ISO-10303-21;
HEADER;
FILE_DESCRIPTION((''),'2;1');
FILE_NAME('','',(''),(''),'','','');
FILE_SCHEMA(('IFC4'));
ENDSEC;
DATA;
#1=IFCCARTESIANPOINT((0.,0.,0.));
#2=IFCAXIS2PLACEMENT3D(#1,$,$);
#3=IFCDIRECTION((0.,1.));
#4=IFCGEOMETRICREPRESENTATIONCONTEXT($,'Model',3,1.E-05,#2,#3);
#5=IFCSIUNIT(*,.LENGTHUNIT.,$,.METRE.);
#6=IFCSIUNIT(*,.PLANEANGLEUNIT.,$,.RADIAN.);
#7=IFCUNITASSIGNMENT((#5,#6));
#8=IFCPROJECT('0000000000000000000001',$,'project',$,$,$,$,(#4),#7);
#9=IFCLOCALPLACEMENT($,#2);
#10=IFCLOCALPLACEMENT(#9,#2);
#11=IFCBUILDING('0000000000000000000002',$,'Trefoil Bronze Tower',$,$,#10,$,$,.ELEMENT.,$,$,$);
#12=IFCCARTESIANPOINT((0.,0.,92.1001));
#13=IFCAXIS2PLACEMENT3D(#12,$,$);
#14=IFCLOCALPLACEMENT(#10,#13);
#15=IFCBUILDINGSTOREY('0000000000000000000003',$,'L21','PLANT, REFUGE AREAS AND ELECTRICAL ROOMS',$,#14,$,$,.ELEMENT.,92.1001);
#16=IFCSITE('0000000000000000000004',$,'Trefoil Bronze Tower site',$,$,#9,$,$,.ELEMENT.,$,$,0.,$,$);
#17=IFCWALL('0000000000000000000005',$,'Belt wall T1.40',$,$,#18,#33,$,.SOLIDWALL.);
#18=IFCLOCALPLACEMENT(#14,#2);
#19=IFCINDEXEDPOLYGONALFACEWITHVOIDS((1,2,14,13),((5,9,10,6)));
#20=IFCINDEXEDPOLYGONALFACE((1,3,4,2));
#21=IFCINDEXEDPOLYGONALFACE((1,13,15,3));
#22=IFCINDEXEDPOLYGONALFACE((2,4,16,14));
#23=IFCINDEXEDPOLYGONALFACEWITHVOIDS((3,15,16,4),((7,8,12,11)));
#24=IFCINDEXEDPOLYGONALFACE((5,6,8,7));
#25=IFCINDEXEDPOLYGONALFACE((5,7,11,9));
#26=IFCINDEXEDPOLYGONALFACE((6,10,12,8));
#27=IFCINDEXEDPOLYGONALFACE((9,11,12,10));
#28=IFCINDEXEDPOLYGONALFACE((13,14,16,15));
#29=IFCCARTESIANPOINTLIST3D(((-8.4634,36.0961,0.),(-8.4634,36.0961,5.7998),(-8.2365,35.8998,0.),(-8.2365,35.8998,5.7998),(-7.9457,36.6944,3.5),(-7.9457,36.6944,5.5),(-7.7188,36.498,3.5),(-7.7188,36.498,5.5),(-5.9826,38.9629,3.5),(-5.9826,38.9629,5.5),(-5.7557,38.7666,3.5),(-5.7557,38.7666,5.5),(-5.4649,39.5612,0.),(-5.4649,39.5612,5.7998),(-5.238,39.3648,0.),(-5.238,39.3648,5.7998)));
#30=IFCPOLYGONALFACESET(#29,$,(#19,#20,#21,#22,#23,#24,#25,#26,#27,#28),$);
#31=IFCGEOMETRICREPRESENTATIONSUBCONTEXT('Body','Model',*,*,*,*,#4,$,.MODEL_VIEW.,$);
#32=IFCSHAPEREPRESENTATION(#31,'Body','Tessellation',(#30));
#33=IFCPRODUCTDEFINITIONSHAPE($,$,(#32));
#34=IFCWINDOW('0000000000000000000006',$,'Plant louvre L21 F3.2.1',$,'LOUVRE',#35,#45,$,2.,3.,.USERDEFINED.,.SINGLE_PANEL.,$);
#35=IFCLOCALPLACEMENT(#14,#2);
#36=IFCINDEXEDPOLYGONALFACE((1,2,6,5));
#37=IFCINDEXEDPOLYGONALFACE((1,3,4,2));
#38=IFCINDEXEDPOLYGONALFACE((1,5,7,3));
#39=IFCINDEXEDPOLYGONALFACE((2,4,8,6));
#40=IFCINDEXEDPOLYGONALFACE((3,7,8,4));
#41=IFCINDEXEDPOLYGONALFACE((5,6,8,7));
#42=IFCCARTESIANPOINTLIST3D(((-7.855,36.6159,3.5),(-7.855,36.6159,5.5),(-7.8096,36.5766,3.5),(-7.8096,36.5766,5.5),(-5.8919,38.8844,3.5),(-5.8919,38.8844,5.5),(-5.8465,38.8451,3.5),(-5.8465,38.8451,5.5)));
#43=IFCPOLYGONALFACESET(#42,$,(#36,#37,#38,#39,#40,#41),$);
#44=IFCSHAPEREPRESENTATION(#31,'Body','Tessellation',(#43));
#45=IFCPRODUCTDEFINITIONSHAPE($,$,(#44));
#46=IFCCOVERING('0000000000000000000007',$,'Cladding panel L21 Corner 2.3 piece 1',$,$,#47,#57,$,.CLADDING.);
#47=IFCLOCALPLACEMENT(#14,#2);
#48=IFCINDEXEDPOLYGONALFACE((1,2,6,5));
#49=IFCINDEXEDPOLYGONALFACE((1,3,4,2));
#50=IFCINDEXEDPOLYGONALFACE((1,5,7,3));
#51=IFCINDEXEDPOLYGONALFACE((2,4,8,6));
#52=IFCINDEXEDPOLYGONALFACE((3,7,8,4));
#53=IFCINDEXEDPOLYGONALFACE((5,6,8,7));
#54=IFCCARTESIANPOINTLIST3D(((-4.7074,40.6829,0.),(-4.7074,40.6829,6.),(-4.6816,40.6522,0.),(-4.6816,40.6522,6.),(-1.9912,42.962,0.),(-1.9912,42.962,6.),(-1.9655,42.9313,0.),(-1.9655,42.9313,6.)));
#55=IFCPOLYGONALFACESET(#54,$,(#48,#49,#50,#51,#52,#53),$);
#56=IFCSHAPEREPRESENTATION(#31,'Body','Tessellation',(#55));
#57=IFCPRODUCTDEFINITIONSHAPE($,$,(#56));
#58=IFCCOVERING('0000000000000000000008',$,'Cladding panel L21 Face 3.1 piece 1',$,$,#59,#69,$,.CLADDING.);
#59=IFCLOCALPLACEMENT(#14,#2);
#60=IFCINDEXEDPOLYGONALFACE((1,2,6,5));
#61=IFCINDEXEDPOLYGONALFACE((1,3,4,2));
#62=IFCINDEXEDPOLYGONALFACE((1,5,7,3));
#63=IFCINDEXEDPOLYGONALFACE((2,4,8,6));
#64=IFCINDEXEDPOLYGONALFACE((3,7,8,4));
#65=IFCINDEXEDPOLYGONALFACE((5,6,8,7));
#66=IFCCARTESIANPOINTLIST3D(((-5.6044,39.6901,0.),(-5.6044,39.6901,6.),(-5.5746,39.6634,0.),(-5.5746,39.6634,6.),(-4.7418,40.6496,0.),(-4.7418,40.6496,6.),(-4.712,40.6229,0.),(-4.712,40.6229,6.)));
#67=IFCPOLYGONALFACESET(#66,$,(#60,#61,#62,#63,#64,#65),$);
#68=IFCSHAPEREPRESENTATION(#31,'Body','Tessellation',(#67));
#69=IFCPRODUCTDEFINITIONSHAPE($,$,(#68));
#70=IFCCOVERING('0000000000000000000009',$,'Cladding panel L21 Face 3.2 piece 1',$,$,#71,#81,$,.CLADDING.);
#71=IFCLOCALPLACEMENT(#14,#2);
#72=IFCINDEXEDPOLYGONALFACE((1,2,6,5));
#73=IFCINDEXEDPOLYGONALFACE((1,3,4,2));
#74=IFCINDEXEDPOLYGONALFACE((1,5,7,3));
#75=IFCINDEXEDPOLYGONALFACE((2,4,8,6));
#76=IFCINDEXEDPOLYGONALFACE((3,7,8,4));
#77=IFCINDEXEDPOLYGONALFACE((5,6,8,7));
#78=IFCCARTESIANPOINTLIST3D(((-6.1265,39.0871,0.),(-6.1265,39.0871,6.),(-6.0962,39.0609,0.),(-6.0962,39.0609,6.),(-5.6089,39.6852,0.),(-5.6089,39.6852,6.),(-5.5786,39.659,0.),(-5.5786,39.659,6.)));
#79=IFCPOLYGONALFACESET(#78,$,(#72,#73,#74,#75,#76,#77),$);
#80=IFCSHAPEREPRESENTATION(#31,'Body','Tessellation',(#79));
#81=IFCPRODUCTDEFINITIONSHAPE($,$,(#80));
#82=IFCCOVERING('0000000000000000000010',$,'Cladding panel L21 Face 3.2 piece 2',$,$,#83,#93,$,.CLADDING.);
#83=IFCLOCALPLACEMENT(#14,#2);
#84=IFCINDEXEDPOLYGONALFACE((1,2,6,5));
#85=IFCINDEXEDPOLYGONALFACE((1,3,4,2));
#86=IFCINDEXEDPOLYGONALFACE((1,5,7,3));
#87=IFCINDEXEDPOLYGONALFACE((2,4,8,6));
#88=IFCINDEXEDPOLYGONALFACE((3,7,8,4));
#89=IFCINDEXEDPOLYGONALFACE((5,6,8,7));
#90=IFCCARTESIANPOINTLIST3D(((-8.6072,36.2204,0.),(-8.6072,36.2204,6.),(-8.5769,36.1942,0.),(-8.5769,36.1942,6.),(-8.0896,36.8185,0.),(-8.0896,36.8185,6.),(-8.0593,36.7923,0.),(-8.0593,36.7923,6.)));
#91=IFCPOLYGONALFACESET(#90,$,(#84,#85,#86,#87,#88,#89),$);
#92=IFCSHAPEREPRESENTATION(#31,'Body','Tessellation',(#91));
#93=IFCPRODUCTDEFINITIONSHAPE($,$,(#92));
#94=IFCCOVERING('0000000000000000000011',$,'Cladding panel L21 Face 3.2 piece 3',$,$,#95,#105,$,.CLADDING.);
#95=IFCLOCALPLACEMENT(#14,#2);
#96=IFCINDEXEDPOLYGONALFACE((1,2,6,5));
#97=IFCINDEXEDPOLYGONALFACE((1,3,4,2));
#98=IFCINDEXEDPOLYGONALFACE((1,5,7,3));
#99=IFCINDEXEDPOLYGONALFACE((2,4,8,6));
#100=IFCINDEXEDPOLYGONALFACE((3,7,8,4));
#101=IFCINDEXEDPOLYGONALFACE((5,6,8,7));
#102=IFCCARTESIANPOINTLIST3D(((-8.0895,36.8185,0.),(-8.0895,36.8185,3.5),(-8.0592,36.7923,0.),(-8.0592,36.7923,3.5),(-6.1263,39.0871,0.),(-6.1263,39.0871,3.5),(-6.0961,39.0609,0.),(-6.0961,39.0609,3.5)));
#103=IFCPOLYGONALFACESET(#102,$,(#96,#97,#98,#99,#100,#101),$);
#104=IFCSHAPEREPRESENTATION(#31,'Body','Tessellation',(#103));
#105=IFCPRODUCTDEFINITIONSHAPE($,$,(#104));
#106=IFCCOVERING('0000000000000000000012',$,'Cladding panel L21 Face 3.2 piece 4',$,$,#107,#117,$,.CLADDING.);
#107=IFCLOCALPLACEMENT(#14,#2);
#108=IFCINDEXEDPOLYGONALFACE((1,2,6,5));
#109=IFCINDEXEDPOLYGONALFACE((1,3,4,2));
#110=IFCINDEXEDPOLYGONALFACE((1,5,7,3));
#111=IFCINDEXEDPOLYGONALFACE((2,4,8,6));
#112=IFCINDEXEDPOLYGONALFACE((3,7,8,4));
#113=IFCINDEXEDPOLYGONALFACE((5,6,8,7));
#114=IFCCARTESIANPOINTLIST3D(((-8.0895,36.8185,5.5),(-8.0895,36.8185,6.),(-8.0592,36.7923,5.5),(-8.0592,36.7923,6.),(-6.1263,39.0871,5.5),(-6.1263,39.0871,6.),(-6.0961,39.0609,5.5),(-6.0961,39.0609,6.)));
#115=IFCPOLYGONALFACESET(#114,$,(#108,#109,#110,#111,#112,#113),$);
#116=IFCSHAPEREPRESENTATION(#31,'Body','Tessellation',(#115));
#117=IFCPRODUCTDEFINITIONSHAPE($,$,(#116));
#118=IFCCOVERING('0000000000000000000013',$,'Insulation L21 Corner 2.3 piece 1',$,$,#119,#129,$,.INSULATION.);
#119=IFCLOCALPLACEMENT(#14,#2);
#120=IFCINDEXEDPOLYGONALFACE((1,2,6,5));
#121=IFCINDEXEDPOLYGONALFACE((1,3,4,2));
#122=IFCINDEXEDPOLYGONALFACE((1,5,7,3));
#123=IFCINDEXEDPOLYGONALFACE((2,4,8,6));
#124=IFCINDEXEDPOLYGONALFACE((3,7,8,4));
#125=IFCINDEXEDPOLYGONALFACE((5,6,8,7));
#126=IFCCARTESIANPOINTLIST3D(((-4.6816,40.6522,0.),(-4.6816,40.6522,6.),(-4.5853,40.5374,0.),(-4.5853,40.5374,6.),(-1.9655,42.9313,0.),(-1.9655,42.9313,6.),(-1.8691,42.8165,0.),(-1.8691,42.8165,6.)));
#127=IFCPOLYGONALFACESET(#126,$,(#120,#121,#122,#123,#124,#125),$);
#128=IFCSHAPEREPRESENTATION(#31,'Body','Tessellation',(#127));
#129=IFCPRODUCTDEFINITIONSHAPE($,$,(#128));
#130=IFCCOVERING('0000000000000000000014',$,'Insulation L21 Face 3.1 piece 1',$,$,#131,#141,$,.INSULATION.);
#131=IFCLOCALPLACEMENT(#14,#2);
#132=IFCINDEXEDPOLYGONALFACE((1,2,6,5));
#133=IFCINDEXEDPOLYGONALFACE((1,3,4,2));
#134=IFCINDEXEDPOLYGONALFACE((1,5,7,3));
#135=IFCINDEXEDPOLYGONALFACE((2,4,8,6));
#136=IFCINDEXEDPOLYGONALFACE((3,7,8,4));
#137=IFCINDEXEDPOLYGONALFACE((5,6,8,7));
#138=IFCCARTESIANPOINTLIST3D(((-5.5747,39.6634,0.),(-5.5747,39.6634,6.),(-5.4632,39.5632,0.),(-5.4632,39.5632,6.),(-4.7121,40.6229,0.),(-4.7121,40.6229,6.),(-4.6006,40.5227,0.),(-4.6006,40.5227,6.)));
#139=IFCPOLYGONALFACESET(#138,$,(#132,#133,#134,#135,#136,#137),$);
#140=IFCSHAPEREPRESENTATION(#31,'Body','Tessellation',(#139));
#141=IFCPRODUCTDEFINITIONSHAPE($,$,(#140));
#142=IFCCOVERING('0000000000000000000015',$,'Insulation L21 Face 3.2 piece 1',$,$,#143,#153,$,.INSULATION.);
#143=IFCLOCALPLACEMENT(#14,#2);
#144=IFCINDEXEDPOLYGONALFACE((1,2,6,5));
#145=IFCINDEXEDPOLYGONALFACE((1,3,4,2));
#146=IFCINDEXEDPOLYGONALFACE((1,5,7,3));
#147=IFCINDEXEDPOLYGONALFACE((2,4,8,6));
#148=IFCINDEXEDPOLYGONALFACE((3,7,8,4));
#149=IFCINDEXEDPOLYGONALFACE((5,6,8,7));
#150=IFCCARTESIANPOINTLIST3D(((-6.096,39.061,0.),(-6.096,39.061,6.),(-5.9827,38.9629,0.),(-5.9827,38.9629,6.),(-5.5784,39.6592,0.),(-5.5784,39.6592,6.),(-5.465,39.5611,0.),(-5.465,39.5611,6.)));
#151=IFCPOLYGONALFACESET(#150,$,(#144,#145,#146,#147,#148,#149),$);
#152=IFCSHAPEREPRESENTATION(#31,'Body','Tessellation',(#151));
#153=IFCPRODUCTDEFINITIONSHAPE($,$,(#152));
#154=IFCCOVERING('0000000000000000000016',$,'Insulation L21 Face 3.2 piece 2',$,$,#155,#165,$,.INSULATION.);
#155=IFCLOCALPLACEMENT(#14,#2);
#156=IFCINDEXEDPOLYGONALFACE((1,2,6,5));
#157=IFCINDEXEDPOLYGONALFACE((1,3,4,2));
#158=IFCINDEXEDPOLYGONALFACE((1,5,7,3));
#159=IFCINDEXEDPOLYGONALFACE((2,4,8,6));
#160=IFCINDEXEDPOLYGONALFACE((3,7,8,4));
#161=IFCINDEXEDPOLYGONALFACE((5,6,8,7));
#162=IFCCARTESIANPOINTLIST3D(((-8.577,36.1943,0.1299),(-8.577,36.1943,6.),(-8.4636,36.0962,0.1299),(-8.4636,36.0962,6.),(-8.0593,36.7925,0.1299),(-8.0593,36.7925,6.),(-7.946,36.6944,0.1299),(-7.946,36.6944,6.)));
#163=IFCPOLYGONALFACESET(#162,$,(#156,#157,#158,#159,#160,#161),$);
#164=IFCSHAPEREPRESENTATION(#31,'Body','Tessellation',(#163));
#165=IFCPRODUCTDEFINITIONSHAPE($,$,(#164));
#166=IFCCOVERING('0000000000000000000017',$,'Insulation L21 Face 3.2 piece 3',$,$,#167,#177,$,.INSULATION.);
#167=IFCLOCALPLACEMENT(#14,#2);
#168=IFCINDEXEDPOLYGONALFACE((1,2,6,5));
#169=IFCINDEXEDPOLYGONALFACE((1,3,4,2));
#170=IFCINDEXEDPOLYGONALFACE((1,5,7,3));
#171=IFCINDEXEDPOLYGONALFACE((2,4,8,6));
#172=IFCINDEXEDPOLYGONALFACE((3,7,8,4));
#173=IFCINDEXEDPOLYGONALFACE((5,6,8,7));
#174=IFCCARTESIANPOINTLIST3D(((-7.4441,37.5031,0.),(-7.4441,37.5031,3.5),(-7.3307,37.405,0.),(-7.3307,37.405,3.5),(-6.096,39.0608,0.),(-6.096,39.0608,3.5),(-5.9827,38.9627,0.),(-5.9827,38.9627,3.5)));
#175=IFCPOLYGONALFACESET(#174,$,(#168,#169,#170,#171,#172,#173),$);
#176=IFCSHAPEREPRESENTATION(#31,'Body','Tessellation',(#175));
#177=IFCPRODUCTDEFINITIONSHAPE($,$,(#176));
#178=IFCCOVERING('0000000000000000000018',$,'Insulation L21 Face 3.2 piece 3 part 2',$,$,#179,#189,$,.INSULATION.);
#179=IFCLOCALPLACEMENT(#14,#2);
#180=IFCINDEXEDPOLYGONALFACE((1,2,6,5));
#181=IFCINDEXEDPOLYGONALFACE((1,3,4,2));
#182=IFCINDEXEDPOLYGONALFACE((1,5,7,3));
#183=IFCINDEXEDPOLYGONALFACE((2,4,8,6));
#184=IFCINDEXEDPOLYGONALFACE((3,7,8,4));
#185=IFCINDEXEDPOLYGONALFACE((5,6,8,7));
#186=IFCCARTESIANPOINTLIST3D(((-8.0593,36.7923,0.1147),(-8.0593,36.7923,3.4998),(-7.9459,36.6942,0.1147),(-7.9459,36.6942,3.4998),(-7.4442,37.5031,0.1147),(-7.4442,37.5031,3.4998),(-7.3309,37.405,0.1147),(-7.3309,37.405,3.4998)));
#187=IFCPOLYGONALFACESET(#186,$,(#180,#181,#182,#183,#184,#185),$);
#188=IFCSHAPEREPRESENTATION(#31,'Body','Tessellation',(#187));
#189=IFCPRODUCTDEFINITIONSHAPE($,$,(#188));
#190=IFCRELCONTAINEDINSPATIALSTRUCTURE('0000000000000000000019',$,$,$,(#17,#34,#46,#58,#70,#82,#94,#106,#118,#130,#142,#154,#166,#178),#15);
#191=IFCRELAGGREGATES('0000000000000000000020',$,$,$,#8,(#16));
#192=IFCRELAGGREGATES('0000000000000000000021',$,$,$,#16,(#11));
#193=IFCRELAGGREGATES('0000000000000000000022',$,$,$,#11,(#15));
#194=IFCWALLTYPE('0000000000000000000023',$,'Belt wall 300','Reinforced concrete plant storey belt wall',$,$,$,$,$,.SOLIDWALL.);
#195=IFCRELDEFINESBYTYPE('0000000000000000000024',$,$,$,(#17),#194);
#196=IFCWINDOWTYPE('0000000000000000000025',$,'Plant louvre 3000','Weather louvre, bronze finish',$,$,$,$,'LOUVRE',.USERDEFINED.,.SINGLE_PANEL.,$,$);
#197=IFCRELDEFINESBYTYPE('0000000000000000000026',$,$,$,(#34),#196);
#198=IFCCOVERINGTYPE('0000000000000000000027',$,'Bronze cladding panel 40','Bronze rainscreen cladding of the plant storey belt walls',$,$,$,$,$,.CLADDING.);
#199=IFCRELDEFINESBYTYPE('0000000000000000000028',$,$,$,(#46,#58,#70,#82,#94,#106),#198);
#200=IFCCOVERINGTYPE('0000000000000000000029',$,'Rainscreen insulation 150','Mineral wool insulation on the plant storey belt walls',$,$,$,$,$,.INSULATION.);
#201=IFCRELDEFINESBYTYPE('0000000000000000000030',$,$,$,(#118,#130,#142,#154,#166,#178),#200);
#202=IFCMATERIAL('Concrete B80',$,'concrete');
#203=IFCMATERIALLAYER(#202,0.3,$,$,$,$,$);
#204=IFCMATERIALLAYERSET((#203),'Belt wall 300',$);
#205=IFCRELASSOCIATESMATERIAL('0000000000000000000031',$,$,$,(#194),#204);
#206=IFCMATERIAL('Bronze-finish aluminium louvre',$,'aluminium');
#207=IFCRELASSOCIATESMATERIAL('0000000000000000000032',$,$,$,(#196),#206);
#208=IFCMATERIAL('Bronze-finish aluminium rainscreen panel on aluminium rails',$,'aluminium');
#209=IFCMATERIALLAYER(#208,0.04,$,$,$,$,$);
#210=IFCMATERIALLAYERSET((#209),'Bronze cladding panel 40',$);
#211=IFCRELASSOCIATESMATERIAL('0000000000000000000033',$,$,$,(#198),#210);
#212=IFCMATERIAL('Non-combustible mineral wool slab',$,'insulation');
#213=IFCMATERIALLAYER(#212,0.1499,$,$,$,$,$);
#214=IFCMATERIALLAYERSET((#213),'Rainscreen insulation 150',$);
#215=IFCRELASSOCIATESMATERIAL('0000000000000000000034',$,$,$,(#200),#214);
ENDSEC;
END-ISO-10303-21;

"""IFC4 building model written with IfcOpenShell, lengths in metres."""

from ifc_helpers import new_model, si_unit, direction, frame, frame_2d, origin, origin_2d, place, context, subcontext, project, spatial, rectangle, extrude, material, layer, layer_set, type_object, element, fill, save


model = new_model("IFC4")

# Units and contexts
model_context = context("Model", 3, precision=1e-05, world=origin(), true_north=direction((0.0, 1.0)))
body_context = subcontext(model_context, "Body", "Model", "MODEL_VIEW")
ifc_project = project(units=[si_unit("LENGTHUNIT", "METRE"), si_unit("PLANEANGLEUNIT", "RADIAN")], contexts=[model_context])

# Site, building, storey
site_placement = place(None, origin())
site = spatial("IfcSite", under=ifc_project, at=site_placement, Name="Trefoil Bronze Tower site", CompositionType="ELEMENT", RefElevation=0.0)
building_placement = place(site_placement, origin())
building = spatial("IfcBuilding", under=site, at=building_placement, Name="Trefoil Bronze Tower", CompositionType="ELEMENT")
storey_placement = place(building_placement, frame((0.0, 0.0, 92.1001)))
storey = spatial("IfcBuildingStorey", under=building, at=storey_placement, Name="L21", Description="PLANT, REFUGE AREAS AND ELECTRICAL ROOMS", CompositionType="ELEMENT", Elevation=92.1001)

# Shared definitions
ifc_material_1 = material(Name="Concrete B80", Category="concrete")
ifc_layer_1 = layer(ifc_material_1, 0.3)
ifc_layer_set_1 = layer_set([ifc_layer_1], Name="Belt wall 300")
wall_type = type_object("IfcWallType", Name="Belt wall 300", Description="Reinforced concrete plant storey belt wall", PredefinedType="SOLIDWALL", material=ifc_layer_set_1)

# Wall, opening, window
wall_1_placement = place(storey_placement, frame((-5.3516, 39.4629, 0.0), z_axis=(0.0, 0.0, 1.0), x_axis=(-0.654364, -0.756179, 0.0)))
wall_1 = element("IfcWall", 1, at=wall_1_placement, inside=storey, type_object=wall_type, Name="Belt wall T1.40", PredefinedType="SOLIDWALL", context=body_context, shape_type="SweptSolid", body=[
    extrude(rectangle(XDim=4.5823, YDim=0.3, at=frame_2d((2.291, 0.0))), origin(), (0.0, 0.0, 1.0), 5.7998),
])
opening_placement = place(wall_1_placement, frame((0.791, 0.0, 3.5)))
opening = element("IfcOpeningElement", 2, at=opening_placement, cuts=wall_1, PredefinedType="OPENING", context=body_context, shape_type="SweptSolid", body=[
    extrude(rectangle(XDim=3.0, YDim=2.0, at=frame_2d((1.5, 1.0))), frame((0.0, 0.1599, 0.0), z_axis=(0.0, -1.0, 0.0), x_axis=(1.0, 0.0, 0.0)), (0.0, 0.0, 1.0), 0.3201),
])
ifc_material_2 = material(Name="Bronze-finish aluminium louvre", Category="aluminium")
window_type = type_object("IfcWindowType", Name="Plant louvre 3000", Description="Weather louvre, bronze finish", ElementType="LOUVRE", PartitioningType="SINGLE_PANEL", PredefinedType="USERDEFINED", material=ifc_material_2)
window_placement = place(opening_placement, origin())
window = element("IfcWindow", 3, at=window_placement, inside=storey, type_object=window_type, Name="Plant louvre L21 F3.2.1", ObjectType="LOUVRE", OverallHeight=2.0, OverallWidth=3.0, PartitioningType="SINGLE_PANEL", PredefinedType="USERDEFINED", context=body_context, shape_type="SweptSolid", body=[
    extrude(rectangle(XDim=3.0, YDim=2.0, at=frame_2d((1.5, 1.0))), frame((0.0, 0.03, 0.0), z_axis=(0.0, -1.0, 0.0), x_axis=(1.0, 0.0, 0.0)), (0.0, 0.0, 1.0), 0.0601),
])
fill(opening, window)

# Coverings
ifc_material_3 = material(Name="Bronze-finish aluminium rainscreen panel on aluminium rails", Category="aluminium")
ifc_layer_2 = layer(ifc_material_3, 0.04)
ifc_layer_set_2 = layer_set([ifc_layer_2], Name="Bronze cladding panel 40")
covering_type_1 = type_object("IfcCoveringType", Name="Bronze cladding panel 40", Description="Bronze rainscreen cladding of the plant storey belt walls", PredefinedType="CLADDING", material=ifc_layer_set_2)
covering_1_placement = place(storey_placement, frame((-3.3364, 41.8071, 0.0), z_axis=(0.0, 0.0, 1.0), x_axis=(-0.766044, -0.642788, 0.0)))
element("IfcCovering", 4, at=covering_1_placement, inside=storey, type_object=covering_type_1, Name="Cladding panel L21 Corner 2.3 piece 1", PredefinedType="CLADDING", context=body_context, shape_type="SweptSolid", body=[
    extrude(rectangle(XDim=3.5457, YDim=0.04, at=origin_2d()), origin(), (0.0, 0.0, 1.0), 6.0),
])
covering_2_placement = place(storey_placement, frame((-5.1582, 40.1565, 0.0), z_axis=(0.0, 0.0, 1.0), x_axis=(-0.668575, -0.743645, 0.0)))
element("IfcCovering", 5, at=covering_2_placement, inside=storey, type_object=covering_type_1, Name="Cladding panel L21 Face 3.1 piece 1", PredefinedType="CLADDING", context=body_context, shape_type="SweptSolid", body=[
    extrude(rectangle(XDim=1.2903, YDim=0.04, at=origin_2d()), origin(), (0.0, 0.0, 1.0), 6.0),
])
for number, where, z_axis, x_axis, name in (
    (6, (-5.8525, 39.373, 0.0), (0.0, 0.0, 1.0), (-0.654376, -0.756169, 0.0), "Cladding panel L21 Face 3.2 piece 1"),
    (7, (-8.3333, 36.5063, 0.0), (0.0, 0.0, 1.0), (-0.654376, -0.756169, 0.0), "Cladding panel L21 Face 3.2 piece 2"),
):
    element("IfcCovering", number, at=place(storey_placement, frame(where, z_axis=z_axis, x_axis=x_axis)), inside=storey, type_object=covering_type_1, Name=name, PredefinedType="CLADDING", context=body_context, shape_type="SweptSolid", body=[
        extrude(rectangle(XDim=0.791, YDim=0.04, at=origin_2d()), origin(), (0.0, 0.0, 1.0), 6.0),
    ])
covering_3_placement = place(storey_placement, frame((-7.0928, 37.9397, 0.0), z_axis=(0.0, 0.0, 1.0), x_axis=(-0.654376, -0.756169, 0.0)))
element("IfcCovering", 8, at=covering_3_placement, inside=storey, type_object=covering_type_1, Name="Cladding panel L21 Face 3.2 piece 3", PredefinedType="CLADDING", context=body_context, shape_type="SweptSolid", body=[
    extrude(rectangle(XDim=3.0, YDim=0.04, at=origin_2d()), origin(), (0.0, 0.0, 1.0), 3.5),
])
covering_4_placement = place(storey_placement, frame((-7.0928, 37.9397, 5.5), z_axis=(0.0, 0.0, 1.0), x_axis=(-0.654376, -0.756169, 0.0)))
element("IfcCovering", 9, at=covering_4_placement, inside=storey, type_object=covering_type_1, Name="Cladding panel L21 Face 3.2 piece 4", PredefinedType="CLADDING", context=body_context, shape_type="SweptSolid", body=[
    extrude(rectangle(XDim=3.0, YDim=0.04, at=origin_2d()), origin(), (0.0, 0.0, 1.0), 0.5),
])
ifc_material_4 = material(Name="Non-combustible mineral wool slab", Category="insulation")
ifc_layer_3 = layer(ifc_material_4, 0.1499)
ifc_layer_set_3 = layer_set([ifc_layer_3], Name="Rainscreen insulation 150")
covering_type_2 = type_object("IfcCoveringType", Name="Rainscreen insulation 150", Description="Mineral wool insulation on the plant storey belt walls", PredefinedType="INSULATION", material=ifc_layer_set_3)
covering_5_placement = place(storey_placement, frame((-3.2754, 41.7344, 0.0), z_axis=(0.0, 0.0, 1.0), x_axis=(-0.766044, -0.642788, 0.0)))
element("IfcCovering", 10, at=covering_5_placement, inside=storey, type_object=covering_type_2, Name="Insulation L21 Corner 2.3 piece 1", PredefinedType="INSULATION", context=body_context, shape_type="SweptSolid", body=[
    extrude(rectangle(XDim=3.5457, YDim=0.1499, at=origin_2d()), origin(), (0.0, 0.0, 1.0), 6.0),
])
covering_6_placement = place(storey_placement, frame((-5.0876, 40.093, 0.0), z_axis=(0.0, 0.0, 1.0), x_axis=(-0.668575, -0.743645, 0.0)))
element("IfcCovering", 11, at=covering_6_placement, inside=storey, type_object=covering_type_2, Name="Insulation L21 Face 3.1 piece 1", PredefinedType="INSULATION", context=body_context, shape_type="SweptSolid", body=[
    extrude(rectangle(XDim=1.2903, YDim=0.1499, at=origin_2d()), origin(), (0.0, 0.0, 1.0), 6.0),
])
covering_7_placement = place(storey_placement, frame((-5.7805, 39.311, 0.0), z_axis=(0.0, 0.0, 1.0), x_axis=(-0.654376, -0.756169, 0.0)))
element("IfcCovering", 12, at=covering_7_placement, inside=storey, type_object=covering_type_2, Name="Insulation L21 Face 3.2 piece 1", PredefinedType="INSULATION", context=body_context, shape_type="SweptSolid", body=[
    extrude(rectangle(XDim=0.791, YDim=0.1499, at=origin_2d()), origin(), (0.0, 0.0, 1.0), 6.0),
])
covering_8_placement = place(storey_placement, frame((-8.2615, 36.4443, 0.1299), z_axis=(0.0, 0.0, 1.0), x_axis=(-0.654376, -0.756169, 0.0)))
element("IfcCovering", 13, at=covering_8_placement, inside=storey, type_object=covering_type_2, Name="Insulation L21 Face 3.2 piece 2", PredefinedType="INSULATION", context=body_context, shape_type="SweptSolid", body=[
    extrude(rectangle(XDim=0.791, YDim=0.1499, at=origin_2d()), origin(), (0.0, 0.0, 1.0), 5.8701),
])
covering_9_placement = place(storey_placement, frame((-6.7134, 38.2329, 0.0), z_axis=(0.0, 0.0, 1.0), x_axis=(-0.654376, -0.756169, 0.0)))
element("IfcCovering", 14, at=covering_9_placement, inside=storey, type_object=covering_type_2, Name="Insulation L21 Face 3.2 piece 3", PredefinedType="INSULATION", context=body_context, shape_type="SweptSolid", body=[
    extrude(rectangle(XDim=2.0601, YDim=0.1499, at=origin_2d()), origin(), (0.0, 0.0, 1.0), 3.5),
])
covering_10_placement = place(storey_placement, frame((-7.6951, 37.0986, 0.1147), z_axis=(0.0, 0.0, 1.0), x_axis=(-0.654376, -0.756169, 0.0)))
element("IfcCovering", 15, at=covering_10_placement, inside=storey, type_object=covering_type_2, Name="Insulation L21 Face 3.2 piece 3 part 2", PredefinedType="INSULATION", context=body_context, shape_type="SweptSolid", body=[
    extrude(rectangle(XDim=0.9399, YDim=0.1499, at=origin_2d()), origin(), (0.0, 0.0, 1.0), 3.385),
])

save(model, "model.ifc")
